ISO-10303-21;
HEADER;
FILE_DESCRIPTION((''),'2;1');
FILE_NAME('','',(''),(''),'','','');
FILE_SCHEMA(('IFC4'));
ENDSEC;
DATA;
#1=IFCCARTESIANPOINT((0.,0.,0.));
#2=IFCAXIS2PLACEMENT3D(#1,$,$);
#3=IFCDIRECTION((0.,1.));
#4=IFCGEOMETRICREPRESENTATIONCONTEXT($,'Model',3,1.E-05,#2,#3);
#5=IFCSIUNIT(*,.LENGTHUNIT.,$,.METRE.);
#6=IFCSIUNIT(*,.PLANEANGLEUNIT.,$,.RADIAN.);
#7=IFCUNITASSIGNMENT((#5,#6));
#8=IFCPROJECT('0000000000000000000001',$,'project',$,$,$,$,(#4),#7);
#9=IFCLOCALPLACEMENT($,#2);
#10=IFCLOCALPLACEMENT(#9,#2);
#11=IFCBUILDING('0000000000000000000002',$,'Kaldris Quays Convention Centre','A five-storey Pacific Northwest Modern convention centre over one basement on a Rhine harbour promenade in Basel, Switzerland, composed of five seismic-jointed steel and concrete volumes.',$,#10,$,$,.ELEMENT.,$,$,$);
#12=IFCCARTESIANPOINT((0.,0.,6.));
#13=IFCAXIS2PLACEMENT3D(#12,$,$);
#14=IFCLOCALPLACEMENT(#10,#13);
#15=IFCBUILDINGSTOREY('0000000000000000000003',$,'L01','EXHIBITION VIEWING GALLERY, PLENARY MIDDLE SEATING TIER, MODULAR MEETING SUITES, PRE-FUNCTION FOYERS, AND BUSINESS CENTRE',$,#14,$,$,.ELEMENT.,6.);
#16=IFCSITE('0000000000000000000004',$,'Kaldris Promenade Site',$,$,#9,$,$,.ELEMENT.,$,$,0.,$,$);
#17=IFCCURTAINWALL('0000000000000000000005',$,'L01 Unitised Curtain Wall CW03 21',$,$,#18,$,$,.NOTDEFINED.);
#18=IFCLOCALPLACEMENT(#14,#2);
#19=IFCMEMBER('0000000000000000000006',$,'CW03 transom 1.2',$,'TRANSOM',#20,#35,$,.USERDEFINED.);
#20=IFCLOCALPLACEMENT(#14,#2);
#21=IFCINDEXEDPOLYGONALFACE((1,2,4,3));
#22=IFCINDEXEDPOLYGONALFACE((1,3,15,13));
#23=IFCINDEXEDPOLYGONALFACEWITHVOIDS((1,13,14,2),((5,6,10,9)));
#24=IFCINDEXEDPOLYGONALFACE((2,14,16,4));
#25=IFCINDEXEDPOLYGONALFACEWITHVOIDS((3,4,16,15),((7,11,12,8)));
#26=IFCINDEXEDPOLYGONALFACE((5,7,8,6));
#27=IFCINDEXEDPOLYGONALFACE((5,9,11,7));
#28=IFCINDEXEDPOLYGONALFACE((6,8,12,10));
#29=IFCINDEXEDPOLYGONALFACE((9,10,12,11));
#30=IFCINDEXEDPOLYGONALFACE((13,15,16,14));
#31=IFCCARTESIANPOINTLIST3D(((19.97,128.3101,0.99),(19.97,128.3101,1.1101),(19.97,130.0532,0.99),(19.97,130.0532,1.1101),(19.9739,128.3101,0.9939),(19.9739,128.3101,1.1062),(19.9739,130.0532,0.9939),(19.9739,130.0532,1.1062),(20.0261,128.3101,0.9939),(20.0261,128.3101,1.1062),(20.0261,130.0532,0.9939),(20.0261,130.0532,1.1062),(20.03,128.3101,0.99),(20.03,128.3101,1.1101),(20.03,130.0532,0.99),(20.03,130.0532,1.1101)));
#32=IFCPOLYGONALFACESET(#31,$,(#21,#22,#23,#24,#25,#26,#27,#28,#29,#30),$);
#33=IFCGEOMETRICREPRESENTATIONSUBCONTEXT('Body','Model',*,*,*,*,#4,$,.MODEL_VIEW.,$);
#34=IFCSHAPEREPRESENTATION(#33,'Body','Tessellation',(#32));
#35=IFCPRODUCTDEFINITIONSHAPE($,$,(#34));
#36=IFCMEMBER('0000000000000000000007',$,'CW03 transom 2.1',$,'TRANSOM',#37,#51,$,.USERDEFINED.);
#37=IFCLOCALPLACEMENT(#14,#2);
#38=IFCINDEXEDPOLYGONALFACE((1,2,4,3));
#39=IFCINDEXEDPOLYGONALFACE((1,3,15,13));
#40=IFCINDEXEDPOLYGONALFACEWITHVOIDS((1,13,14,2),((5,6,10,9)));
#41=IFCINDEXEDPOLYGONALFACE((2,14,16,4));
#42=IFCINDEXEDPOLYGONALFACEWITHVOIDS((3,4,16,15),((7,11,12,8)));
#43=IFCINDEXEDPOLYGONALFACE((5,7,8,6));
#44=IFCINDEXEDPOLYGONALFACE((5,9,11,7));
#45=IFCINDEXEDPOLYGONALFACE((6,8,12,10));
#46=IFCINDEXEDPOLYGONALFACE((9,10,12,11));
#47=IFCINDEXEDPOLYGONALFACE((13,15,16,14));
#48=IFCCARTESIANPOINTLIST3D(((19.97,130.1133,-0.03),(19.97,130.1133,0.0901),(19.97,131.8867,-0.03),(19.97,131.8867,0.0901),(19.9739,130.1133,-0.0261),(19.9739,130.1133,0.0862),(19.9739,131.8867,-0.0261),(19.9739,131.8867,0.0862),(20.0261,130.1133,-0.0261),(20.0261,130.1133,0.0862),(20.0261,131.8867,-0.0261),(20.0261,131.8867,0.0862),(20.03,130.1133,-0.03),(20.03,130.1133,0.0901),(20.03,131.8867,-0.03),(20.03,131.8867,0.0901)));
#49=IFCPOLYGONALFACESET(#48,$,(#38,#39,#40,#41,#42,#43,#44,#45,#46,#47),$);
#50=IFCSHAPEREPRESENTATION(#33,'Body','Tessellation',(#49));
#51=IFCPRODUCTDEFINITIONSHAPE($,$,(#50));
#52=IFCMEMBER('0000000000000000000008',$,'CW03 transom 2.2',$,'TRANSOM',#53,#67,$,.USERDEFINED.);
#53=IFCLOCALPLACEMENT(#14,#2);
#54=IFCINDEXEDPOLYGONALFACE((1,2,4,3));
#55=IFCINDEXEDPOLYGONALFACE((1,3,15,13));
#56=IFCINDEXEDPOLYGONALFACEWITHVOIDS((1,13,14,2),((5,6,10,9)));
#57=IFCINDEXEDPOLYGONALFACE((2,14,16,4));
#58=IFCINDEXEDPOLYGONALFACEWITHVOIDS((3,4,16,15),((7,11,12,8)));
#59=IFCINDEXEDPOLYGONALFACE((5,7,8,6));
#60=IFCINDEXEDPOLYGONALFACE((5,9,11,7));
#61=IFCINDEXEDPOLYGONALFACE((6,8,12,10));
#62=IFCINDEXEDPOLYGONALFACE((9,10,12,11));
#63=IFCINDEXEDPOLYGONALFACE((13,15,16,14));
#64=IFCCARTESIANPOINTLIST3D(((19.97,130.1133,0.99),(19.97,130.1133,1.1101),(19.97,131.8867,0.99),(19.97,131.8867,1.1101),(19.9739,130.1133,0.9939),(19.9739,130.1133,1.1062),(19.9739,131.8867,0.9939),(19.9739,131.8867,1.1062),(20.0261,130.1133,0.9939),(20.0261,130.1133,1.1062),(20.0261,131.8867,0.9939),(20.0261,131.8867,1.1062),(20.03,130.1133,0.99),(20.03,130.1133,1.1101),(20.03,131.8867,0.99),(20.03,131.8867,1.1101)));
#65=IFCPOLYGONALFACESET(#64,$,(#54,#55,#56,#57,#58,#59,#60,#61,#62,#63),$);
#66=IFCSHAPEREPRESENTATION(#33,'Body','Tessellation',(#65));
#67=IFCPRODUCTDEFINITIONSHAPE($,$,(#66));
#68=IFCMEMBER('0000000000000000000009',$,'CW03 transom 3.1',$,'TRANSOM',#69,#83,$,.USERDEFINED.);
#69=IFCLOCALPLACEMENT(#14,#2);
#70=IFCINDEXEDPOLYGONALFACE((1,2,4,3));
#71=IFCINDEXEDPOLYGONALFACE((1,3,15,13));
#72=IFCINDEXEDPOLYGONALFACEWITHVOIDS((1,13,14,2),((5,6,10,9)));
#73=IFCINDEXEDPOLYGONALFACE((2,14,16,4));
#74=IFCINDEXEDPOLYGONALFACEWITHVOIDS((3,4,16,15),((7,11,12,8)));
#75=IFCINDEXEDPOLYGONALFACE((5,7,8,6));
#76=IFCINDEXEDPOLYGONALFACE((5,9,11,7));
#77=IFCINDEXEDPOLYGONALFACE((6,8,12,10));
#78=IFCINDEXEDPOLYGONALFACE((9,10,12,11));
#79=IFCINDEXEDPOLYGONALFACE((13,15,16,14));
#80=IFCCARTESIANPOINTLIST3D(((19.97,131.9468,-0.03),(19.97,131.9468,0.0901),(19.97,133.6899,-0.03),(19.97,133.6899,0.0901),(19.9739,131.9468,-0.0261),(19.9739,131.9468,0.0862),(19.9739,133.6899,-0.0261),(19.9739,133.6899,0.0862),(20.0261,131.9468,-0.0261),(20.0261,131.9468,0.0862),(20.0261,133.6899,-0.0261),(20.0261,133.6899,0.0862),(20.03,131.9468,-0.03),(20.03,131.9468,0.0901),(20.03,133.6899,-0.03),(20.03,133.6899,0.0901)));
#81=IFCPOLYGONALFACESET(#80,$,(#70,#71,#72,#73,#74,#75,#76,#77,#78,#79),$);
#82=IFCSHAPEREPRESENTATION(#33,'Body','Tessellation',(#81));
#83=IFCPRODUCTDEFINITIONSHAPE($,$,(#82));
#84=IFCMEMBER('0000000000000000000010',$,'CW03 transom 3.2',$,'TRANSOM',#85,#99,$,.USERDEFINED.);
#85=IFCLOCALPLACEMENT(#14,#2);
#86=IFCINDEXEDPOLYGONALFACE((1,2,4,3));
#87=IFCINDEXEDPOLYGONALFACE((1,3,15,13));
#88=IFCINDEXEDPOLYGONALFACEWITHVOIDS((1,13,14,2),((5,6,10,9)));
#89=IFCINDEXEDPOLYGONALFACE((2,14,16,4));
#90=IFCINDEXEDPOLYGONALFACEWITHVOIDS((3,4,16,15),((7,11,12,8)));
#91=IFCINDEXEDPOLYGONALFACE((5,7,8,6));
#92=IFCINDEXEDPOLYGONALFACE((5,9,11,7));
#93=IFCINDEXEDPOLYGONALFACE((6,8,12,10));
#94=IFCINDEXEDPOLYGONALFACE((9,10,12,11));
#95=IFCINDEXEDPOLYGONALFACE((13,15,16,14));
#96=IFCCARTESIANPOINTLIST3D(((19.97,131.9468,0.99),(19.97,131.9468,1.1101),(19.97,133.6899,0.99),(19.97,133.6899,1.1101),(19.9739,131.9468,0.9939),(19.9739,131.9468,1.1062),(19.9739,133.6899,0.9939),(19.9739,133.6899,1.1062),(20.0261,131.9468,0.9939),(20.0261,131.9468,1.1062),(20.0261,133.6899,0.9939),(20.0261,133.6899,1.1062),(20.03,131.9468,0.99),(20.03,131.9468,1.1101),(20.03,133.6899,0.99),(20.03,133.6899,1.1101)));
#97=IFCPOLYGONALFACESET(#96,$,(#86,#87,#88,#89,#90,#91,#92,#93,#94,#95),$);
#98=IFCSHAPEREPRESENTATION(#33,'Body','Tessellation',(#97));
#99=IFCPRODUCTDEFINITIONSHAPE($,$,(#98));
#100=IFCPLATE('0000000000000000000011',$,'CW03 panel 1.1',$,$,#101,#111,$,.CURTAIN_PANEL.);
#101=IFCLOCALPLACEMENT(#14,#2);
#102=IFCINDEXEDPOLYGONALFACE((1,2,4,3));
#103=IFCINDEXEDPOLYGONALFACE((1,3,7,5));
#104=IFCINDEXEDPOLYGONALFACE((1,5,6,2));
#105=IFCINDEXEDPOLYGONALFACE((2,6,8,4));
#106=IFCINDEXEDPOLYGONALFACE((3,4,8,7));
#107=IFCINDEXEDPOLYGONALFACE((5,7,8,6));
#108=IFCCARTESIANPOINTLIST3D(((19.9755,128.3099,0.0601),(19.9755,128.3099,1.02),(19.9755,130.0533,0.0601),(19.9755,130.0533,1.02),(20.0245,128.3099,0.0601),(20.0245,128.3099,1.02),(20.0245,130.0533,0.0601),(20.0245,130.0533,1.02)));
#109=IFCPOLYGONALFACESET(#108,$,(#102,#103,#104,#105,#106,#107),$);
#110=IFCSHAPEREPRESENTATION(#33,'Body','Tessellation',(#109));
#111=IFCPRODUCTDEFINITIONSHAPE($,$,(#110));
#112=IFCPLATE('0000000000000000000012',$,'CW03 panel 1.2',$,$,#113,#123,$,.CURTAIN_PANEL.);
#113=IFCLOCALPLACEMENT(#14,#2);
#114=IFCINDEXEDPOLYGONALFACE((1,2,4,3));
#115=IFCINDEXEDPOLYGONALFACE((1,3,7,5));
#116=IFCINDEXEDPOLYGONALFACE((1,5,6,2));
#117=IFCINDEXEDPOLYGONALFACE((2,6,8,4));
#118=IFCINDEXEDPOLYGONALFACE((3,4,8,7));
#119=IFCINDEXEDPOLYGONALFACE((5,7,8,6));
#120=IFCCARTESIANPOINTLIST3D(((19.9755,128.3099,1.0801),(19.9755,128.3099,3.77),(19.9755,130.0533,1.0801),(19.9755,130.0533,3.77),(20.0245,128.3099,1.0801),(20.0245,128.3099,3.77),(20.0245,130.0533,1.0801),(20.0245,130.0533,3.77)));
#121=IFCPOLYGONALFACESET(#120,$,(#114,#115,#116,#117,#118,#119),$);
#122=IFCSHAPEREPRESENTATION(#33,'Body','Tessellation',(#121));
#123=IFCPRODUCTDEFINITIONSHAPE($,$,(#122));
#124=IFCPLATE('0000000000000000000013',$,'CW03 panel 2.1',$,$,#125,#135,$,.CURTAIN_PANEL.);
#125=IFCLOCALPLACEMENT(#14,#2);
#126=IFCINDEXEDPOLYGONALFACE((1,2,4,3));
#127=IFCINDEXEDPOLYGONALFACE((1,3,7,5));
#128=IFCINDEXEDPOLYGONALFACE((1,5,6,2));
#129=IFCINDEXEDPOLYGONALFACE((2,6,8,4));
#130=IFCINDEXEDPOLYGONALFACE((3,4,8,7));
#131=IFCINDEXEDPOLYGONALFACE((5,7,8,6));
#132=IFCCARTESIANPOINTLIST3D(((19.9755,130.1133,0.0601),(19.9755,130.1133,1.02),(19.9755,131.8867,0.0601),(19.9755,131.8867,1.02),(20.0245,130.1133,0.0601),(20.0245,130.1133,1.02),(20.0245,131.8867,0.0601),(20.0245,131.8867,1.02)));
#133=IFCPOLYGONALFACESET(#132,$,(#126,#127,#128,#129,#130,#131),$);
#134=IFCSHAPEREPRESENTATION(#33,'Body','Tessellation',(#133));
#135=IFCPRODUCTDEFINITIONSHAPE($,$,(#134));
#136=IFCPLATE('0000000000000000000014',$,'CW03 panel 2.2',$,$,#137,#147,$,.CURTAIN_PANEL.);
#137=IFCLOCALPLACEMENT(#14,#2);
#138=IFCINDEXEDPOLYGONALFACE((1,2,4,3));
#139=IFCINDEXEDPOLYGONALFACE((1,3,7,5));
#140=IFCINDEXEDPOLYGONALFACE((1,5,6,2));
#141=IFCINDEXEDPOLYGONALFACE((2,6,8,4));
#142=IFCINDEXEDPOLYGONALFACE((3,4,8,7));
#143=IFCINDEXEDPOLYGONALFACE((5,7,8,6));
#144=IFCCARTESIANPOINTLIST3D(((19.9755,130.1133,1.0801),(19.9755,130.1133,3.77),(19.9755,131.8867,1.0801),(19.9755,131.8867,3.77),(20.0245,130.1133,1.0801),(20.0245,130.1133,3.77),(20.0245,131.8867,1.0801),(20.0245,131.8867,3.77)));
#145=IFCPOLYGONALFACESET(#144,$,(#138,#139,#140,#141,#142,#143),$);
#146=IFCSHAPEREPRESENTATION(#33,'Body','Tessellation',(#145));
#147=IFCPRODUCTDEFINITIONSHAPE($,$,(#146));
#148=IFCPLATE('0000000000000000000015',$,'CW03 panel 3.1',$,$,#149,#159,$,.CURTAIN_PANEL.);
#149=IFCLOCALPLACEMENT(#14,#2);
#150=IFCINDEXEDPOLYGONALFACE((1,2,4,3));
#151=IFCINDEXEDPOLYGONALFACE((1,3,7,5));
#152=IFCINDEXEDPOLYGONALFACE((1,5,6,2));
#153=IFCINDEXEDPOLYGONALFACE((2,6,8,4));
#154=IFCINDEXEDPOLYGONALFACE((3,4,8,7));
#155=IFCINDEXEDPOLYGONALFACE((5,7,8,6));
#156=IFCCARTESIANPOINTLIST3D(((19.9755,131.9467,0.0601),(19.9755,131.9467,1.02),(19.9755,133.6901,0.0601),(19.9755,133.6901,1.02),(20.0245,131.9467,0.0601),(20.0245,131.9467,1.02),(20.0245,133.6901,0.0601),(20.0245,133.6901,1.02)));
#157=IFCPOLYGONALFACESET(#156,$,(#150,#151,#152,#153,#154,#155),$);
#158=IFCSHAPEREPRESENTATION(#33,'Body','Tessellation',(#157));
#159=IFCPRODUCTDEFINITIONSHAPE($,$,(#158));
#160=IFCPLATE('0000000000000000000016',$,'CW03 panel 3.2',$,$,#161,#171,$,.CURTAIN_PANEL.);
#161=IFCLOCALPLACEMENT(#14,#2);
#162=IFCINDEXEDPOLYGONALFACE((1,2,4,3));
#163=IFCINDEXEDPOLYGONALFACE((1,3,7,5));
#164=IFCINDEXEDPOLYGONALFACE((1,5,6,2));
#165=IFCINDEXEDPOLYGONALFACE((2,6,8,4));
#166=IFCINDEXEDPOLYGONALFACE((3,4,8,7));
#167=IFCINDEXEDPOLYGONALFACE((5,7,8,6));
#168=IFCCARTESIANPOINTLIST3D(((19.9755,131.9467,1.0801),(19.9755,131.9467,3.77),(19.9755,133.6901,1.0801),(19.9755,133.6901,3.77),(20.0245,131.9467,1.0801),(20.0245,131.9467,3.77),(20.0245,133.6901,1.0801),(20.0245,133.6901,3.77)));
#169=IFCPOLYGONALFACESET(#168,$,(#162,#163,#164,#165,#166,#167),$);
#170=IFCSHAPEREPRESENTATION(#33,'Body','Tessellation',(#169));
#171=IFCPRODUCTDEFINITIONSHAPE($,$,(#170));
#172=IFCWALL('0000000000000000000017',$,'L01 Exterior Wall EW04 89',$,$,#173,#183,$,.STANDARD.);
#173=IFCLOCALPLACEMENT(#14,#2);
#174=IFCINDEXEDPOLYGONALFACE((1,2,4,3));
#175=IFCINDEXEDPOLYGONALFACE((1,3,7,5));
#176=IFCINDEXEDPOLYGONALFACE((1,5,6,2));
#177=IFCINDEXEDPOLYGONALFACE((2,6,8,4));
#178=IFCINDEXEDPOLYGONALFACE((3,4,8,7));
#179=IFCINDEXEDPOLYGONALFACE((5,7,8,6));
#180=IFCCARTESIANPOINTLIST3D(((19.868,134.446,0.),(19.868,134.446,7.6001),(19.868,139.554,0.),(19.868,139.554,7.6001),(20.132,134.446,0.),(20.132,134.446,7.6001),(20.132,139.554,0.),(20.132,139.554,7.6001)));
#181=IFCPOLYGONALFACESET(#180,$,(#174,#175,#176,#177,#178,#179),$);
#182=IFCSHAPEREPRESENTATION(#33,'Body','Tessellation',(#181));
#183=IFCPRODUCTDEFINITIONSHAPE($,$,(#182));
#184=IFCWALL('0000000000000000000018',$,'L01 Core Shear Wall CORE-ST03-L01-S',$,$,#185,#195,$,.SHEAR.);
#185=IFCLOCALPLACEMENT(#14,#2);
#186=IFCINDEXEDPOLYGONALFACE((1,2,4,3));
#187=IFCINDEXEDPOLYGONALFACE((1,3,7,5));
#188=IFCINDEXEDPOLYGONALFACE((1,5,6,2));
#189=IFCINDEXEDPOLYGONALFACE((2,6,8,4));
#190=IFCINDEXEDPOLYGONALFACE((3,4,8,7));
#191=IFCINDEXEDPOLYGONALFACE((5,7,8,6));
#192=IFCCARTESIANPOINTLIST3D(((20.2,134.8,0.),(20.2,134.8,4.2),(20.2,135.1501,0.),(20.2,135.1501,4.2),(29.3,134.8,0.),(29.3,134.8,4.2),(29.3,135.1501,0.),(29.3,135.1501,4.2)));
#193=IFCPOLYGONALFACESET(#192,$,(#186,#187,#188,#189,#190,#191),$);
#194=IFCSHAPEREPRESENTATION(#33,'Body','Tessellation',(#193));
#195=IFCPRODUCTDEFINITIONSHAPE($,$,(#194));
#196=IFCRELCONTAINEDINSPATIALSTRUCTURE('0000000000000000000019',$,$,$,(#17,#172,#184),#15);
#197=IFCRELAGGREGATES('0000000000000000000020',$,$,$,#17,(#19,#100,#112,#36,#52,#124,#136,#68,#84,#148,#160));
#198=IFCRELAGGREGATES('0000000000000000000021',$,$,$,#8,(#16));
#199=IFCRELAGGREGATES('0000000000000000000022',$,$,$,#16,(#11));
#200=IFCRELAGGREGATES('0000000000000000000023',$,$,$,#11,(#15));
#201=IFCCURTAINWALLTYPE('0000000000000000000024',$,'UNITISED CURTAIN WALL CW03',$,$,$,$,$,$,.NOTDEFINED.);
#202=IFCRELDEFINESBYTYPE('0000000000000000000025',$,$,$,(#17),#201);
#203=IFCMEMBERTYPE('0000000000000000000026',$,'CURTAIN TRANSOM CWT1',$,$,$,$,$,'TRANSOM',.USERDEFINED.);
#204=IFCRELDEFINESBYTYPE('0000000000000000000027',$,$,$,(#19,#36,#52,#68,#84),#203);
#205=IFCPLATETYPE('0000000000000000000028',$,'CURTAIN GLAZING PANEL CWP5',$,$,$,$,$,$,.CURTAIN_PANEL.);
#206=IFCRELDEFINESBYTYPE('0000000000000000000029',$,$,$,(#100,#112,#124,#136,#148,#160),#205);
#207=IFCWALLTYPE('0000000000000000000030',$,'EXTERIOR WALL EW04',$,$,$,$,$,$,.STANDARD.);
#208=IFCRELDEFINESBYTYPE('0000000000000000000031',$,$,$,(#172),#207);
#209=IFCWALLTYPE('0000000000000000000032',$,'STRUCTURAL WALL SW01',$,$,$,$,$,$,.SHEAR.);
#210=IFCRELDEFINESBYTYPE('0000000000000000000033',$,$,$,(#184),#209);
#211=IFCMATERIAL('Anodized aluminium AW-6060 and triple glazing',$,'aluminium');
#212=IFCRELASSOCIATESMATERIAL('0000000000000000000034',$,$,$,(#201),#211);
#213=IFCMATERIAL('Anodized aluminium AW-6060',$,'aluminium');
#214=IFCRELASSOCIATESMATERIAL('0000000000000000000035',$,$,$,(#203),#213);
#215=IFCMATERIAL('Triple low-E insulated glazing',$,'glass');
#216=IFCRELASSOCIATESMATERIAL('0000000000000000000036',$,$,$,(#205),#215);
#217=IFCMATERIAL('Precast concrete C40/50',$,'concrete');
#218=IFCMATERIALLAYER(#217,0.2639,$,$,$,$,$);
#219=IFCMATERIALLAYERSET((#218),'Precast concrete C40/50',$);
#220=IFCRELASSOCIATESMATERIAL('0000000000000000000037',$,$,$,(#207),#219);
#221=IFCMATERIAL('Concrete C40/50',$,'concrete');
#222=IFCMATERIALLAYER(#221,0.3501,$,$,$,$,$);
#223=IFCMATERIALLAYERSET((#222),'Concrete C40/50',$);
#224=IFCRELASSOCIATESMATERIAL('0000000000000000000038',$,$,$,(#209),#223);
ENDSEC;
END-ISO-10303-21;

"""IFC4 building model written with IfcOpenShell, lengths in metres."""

from ifc_helpers import new_model, si_unit, direction, frame, frame_2d, origin, origin_2d, place, context, subcontext, project, spatial, rectangle, hollow_rectangle, extrude, material, layer, layer_set, material_profile, profile_set, type_object, element, aggregate, save


model = new_model("IFC4")

# Units and contexts
model_context = context("Model", 3, precision=1e-05, world=origin(), true_north=direction((0.0, 1.0)))
body_context = subcontext(model_context, "Body", "Model", "MODEL_VIEW")
ifc_project = project(units=[si_unit("LENGTHUNIT", "METRE"), si_unit("PLANEANGLEUNIT", "RADIAN")], contexts=[model_context])

# Site, building, storey
site_placement = place(None, origin())
site = spatial("IfcSite", under=ifc_project, at=site_placement, Name="Kaldris Promenade Site", CompositionType="ELEMENT", RefElevation=0.0)
building_placement = place(site_placement, origin())
building = spatial("IfcBuilding", under=site, at=building_placement, Name="Kaldris Quays Convention Centre", Description="A five-storey Pacific Northwest Modern convention centre over one basement on a Rhine harbour promenade in Basel, Switzerland, composed of five seismic-jointed steel and concrete volumes.", CompositionType="ELEMENT")
storey_placement = place(building_placement, frame((0.0, 0.0, 6.0)))
storey = spatial("IfcBuildingStorey", under=building, at=storey_placement, Name="L01", Description="EXHIBITION VIEWING GALLERY, PLENARY MIDDLE SEATING TIER, MODULAR MEETING SUITES, PRE-FUNCTION FOYERS, AND BUSINESS CENTRE", CompositionType="ELEMENT", Elevation=6.0)

# Curtain wall, members, plates
ifc_material_1 = material(Name="Anodized aluminium AW-6060 and triple glazing", Category="aluminium")
curtain_wall_type = type_object("IfcCurtainWallType", Name="UNITISED CURTAIN WALL CW03", PredefinedType="NOTDEFINED", material=ifc_material_1)
curtain_wall_placement = place(storey_placement, origin())
curtain_wall = element("IfcCurtainWall", 1, at=curtain_wall_placement, inside=storey, type_object=curtain_wall_type, Name="L01 Unitised Curtain Wall CW03 21", PredefinedType="NOTDEFINED")
ifc_material_2 = material(Name="Anodized aluminium AW-6060", Category="aluminium")
ifc_material_profile_1 = material_profile(ifc_material_2, hollow_rectangle(XDim=0.0601, YDim=0.1201, WallThickness=0.0039, at=origin_2d()), Name="RHS 120x60x4")
ifc_profile_set_1 = profile_set([ifc_material_profile_1], Name="Anodized aluminium AW-6060")
member_type_1 = type_object("IfcMemberType", Name="CURTAIN TRANSOM CWT1", ElementType="TRANSOM", PredefinedType="USERDEFINED", material=ifc_profile_set_1)
member_1_placement = place(storey_placement, frame((20.0, 128.3101, 1.05), z_axis=(0.0, 1.0, 0.0), x_axis=(-1.0, 0.0, 0.0)))
member_1 = element("IfcMember", 2, at=member_1_placement, type_object=member_type_1, Name="CW03 transom 1.2", ObjectType="TRANSOM", PredefinedType="USERDEFINED", context=body_context, shape_type="SweptSolid", body=[
    extrude(hollow_rectangle(XDim=0.0601, YDim=0.1201, WallThickness=0.0039, at=origin_2d()), origin(), (0.0, 0.0, 1.0), 1.7432),
])
member_2_placement = place(storey_placement, frame((20.0, 130.1133, 0.03), z_axis=(0.0, 1.0, 0.0), x_axis=(-1.0, 0.0, 0.0)))
member_2 = element("IfcMember", 3, at=member_2_placement, type_object=member_type_1, Name="CW03 transom 2.1", ObjectType="TRANSOM", PredefinedType="USERDEFINED", context=body_context, shape_type="SweptSolid", body=[
    extrude(hollow_rectangle(XDim=0.0601, YDim=0.1201, WallThickness=0.0039, at=origin_2d()), origin(), (0.0, 0.0, 1.0), 1.7734),
])
member_3_placement = place(storey_placement, frame((20.0, 130.1133, 1.05), z_axis=(0.0, 1.0, 0.0), x_axis=(-1.0, 0.0, 0.0)))
member_3 = element("IfcMember", 4, at=member_3_placement, type_object=member_type_1, Name="CW03 transom 2.2", ObjectType="TRANSOM", PredefinedType="USERDEFINED", context=body_context, shape_type="SweptSolid", body=[
    extrude(hollow_rectangle(XDim=0.0601, YDim=0.1201, WallThickness=0.0039, at=origin_2d()), origin(), (0.0, 0.0, 1.0), 1.7734),
])
member_4_placement = place(storey_placement, frame((20.0, 131.9468, 0.03), z_axis=(0.0, 1.0, 0.0), x_axis=(-1.0, 0.0, 0.0)))
member_4 = element("IfcMember", 5, at=member_4_placement, type_object=member_type_1, Name="CW03 transom 3.1", ObjectType="TRANSOM", PredefinedType="USERDEFINED", context=body_context, shape_type="SweptSolid", body=[
    extrude(hollow_rectangle(XDim=0.0601, YDim=0.1201, WallThickness=0.0039, at=origin_2d()), origin(), (0.0, 0.0, 1.0), 1.7432),
])
member_5_placement = place(storey_placement, frame((20.0, 131.9468, 1.05), z_axis=(0.0, 1.0, 0.0), x_axis=(-1.0, 0.0, 0.0)))
member_5 = element("IfcMember", 6, at=member_5_placement, type_object=member_type_1, Name="CW03 transom 3.2", ObjectType="TRANSOM", PredefinedType="USERDEFINED", context=body_context, shape_type="SweptSolid", body=[
    extrude(hollow_rectangle(XDim=0.0601, YDim=0.1201, WallThickness=0.0039, at=origin_2d()), origin(), (0.0, 0.0, 1.0), 1.7432),
])
ifc_material_3 = material(Name="Triple low-E insulated glazing", Category="glass")
plate_type = type_object("IfcPlateType", Name="CURTAIN GLAZING PANEL CWP5", PredefinedType="CURTAIN_PANEL", material=ifc_material_3)
plate_1_placement = place(storey_placement, frame((20.0, 129.1816, 0.0601), z_axis=(0.0, 0.0, 1.0), x_axis=(0.0, 1.0, 0.0)))
plate_1 = element("IfcPlate", 7, at=plate_1_placement, type_object=plate_type, Name="CW03 panel 1.1", PredefinedType="CURTAIN_PANEL", context=body_context, shape_type="SweptSolid", body=[
    extrude(rectangle(XDim=1.7434, YDim=0.0491, at=origin_2d()), origin(), (0.0, 0.0, 1.0), 0.96),
])
plate_2_placement = place(storey_placement, frame((20.0, 129.1816, 1.0801), z_axis=(0.0, 0.0, 1.0), x_axis=(0.0, 1.0, 0.0)))
plate_2 = element("IfcPlate", 8, at=plate_2_placement, type_object=plate_type, Name="CW03 panel 1.2", PredefinedType="CURTAIN_PANEL", context=body_context, shape_type="SweptSolid", body=[
    extrude(rectangle(XDim=1.7434, YDim=0.0491, at=origin_2d()), origin(), (0.0, 0.0, 1.0), 2.6899),
])
plate_3_placement = place(storey_placement, frame((20.0, 131.0, 0.0601), z_axis=(0.0, 0.0, 1.0), x_axis=(0.0, 1.0, 0.0)))
plate_3 = element("IfcPlate", 9, at=plate_3_placement, type_object=plate_type, Name="CW03 panel 2.1", PredefinedType="CURTAIN_PANEL", context=body_context, shape_type="SweptSolid", body=[
    extrude(rectangle(XDim=1.7734, YDim=0.0491, at=origin_2d()), origin(), (0.0, 0.0, 1.0), 0.96),
])
plate_4_placement = place(storey_placement, frame((20.0, 131.0, 1.0801), z_axis=(0.0, 0.0, 1.0), x_axis=(0.0, 1.0, 0.0)))
plate_4 = element("IfcPlate", 10, at=plate_4_placement, type_object=plate_type, Name="CW03 panel 2.2", PredefinedType="CURTAIN_PANEL", context=body_context, shape_type="SweptSolid", body=[
    extrude(rectangle(XDim=1.7734, YDim=0.0491, at=origin_2d()), origin(), (0.0, 0.0, 1.0), 2.6899),
])
plate_5_placement = place(storey_placement, frame((20.0, 132.8184, 0.0601), z_axis=(0.0, 0.0, 1.0), x_axis=(0.0, 1.0, 0.0)))
plate_5 = element("IfcPlate", 11, at=plate_5_placement, type_object=plate_type, Name="CW03 panel 3.1", PredefinedType="CURTAIN_PANEL", context=body_context, shape_type="SweptSolid", body=[
    extrude(rectangle(XDim=1.7434, YDim=0.0491, at=origin_2d()), origin(), (0.0, 0.0, 1.0), 0.96),
])
plate_6_placement = place(storey_placement, frame((20.0, 132.8184, 1.0801), z_axis=(0.0, 0.0, 1.0), x_axis=(0.0, 1.0, 0.0)))
plate_6 = element("IfcPlate", 12, at=plate_6_placement, type_object=plate_type, Name="CW03 panel 3.2", PredefinedType="CURTAIN_PANEL", context=body_context, shape_type="SweptSolid", body=[
    extrude(rectangle(XDim=1.7434, YDim=0.0491, at=origin_2d()), origin(), (0.0, 0.0, 1.0), 2.6899),
])
aggregate(curtain_wall, [member_1, plate_1, plate_2, member_2, member_3, plate_3, plate_4, member_4, member_5, plate_5, plate_6])

# Walls
ifc_material_4 = material(Name="Precast concrete C40/50", Category="concrete")
ifc_layer_1 = layer(ifc_material_4, 0.2639)
ifc_layer_set_1 = layer_set([ifc_layer_1], Name="Precast concrete C40/50")
wall_type_1 = type_object("IfcWallType", Name="EXTERIOR WALL EW04", PredefinedType="STANDARD", material=ifc_layer_set_1)
wall_1_placement = place(storey_placement, frame((20.0, 134.446, 0.0), z_axis=(0.0, 0.0, 1.0), x_axis=(0.0, 1.0, 0.0)))
element("IfcWall", 13, at=wall_1_placement, inside=storey, type_object=wall_type_1, Name="L01 Exterior Wall EW04 89", PredefinedType="STANDARD", context=body_context, shape_type="SweptSolid", body=[
    extrude(rectangle(XDim=5.1079, YDim=0.2639, at=frame_2d((2.554, 0.0))), origin(), (0.0, 0.0, 1.0), 7.6001),
])
ifc_material_5 = material(Name="Concrete C40/50", Category="concrete")
ifc_layer_2 = layer(ifc_material_5, 0.3501)
ifc_layer_set_2 = layer_set([ifc_layer_2], Name="Concrete C40/50")
wall_type_2 = type_object("IfcWallType", Name="STRUCTURAL WALL SW01", PredefinedType="SHEAR", material=ifc_layer_set_2)
wall_2_placement = place(storey_placement, frame((20.2, 134.9751, 0.0), z_axis=(0.0, 0.0, 1.0), x_axis=(1.0, 0.0, 0.0)))
element("IfcWall", 14, at=wall_2_placement, inside=storey, type_object=wall_type_2, Name="L01 Core Shear Wall CORE-ST03-L01-S", PredefinedType="SHEAR", context=body_context, shape_type="SweptSolid", body=[
    extrude(rectangle(XDim=9.1001, YDim=0.3501, at=frame_2d((4.55, 0.0))), origin(), (0.0, 0.0, 1.0), 4.2),
])

save(model, "model.ifc")
